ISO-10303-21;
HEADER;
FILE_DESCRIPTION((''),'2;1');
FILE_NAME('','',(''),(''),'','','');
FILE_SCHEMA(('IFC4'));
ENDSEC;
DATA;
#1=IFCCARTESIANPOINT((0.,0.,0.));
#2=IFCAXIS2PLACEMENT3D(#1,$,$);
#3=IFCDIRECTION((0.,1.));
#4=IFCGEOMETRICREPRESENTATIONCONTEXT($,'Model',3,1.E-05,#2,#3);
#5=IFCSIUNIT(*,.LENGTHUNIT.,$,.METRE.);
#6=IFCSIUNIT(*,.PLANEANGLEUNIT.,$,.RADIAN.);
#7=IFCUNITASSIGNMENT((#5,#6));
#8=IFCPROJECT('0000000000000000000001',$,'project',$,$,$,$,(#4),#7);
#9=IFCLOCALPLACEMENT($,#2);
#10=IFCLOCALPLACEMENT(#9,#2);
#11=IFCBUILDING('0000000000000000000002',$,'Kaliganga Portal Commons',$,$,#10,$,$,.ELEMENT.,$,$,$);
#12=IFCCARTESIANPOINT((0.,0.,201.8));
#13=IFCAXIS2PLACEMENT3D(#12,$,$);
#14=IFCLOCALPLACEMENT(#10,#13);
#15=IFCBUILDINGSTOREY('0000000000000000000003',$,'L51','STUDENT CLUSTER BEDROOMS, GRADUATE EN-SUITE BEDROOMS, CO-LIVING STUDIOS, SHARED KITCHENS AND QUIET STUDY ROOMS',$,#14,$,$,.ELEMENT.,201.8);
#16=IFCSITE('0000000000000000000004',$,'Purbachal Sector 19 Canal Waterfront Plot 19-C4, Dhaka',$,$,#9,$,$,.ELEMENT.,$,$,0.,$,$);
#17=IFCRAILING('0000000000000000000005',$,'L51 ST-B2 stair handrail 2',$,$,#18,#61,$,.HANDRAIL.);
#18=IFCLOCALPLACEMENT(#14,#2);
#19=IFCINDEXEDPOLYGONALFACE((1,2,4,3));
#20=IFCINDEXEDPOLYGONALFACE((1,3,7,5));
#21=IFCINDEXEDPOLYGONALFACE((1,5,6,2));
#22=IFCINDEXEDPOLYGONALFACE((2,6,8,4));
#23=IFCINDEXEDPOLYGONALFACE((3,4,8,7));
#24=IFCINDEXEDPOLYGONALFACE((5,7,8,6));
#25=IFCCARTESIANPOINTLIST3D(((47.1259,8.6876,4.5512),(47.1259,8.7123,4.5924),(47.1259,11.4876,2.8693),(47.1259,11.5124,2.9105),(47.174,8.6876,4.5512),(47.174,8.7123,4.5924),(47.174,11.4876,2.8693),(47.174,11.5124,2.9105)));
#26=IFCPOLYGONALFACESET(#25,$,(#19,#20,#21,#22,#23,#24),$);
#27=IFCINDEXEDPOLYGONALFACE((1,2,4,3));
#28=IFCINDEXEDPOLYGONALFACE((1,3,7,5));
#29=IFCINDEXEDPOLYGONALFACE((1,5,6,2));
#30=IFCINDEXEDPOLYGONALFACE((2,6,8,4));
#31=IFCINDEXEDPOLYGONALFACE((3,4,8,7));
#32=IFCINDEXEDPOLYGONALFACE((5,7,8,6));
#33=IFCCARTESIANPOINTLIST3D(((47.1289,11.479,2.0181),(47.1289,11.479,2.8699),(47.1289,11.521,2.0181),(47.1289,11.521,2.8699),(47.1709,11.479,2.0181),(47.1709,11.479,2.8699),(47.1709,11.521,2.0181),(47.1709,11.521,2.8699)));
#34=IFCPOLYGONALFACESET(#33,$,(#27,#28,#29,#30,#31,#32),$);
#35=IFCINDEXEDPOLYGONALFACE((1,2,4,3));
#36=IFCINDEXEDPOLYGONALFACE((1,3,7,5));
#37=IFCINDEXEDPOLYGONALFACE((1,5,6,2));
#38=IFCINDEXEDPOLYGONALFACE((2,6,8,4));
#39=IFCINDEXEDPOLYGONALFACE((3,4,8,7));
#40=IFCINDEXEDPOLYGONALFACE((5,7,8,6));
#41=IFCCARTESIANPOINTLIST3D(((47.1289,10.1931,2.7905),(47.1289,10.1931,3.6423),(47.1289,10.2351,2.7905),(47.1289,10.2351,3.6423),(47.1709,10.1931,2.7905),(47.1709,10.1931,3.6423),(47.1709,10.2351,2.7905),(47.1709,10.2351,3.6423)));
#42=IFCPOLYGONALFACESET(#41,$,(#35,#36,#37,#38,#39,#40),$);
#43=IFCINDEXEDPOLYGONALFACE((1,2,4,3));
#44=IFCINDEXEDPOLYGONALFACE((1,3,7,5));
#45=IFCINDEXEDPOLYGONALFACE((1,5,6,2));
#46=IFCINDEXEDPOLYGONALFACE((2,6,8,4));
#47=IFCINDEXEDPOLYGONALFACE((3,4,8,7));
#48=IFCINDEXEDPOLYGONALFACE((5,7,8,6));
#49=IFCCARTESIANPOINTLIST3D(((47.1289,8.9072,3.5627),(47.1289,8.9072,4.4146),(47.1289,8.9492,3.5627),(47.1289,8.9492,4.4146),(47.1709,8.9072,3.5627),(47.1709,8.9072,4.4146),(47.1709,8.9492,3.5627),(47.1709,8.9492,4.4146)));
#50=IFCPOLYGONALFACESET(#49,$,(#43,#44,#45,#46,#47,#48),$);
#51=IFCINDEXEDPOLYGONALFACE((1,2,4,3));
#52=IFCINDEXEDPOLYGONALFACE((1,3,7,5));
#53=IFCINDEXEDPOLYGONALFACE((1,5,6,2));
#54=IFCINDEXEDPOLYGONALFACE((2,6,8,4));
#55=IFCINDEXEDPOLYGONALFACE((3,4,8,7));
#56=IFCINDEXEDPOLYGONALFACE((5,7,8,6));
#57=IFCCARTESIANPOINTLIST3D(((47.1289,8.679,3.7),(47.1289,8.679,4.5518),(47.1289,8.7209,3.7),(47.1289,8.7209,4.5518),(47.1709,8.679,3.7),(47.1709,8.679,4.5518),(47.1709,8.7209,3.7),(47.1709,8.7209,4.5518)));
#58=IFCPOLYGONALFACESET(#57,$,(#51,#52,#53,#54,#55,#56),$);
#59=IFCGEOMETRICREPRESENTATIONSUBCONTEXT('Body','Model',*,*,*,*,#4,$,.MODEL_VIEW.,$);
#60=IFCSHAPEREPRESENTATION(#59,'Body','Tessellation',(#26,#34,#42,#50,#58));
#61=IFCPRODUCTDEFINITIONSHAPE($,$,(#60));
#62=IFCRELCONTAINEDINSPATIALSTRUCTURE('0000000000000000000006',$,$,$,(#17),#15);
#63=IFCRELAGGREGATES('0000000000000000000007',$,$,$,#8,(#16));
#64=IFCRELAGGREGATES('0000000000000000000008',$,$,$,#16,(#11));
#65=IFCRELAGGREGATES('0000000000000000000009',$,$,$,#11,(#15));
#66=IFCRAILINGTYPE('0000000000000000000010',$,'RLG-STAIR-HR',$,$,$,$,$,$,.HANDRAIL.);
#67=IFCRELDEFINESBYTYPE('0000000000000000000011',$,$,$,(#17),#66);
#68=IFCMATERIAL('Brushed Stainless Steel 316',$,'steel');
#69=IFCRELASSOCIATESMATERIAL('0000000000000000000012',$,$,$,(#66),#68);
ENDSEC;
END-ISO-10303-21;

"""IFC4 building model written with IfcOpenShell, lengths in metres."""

from ifc_helpers import new_model, si_unit, direction, frame, origin, origin_2d, place, context, subcontext, project, spatial, rectangle, extrude, material, type_object, element, save


model = new_model("IFC4")

# Units and contexts
model_context = context("Model", 3, precision=1e-05, world=origin(), true_north=direction((0.0, 1.0)))
body_context = subcontext(model_context, "Body", "Model", "MODEL_VIEW")
ifc_project = project(units=[si_unit("LENGTHUNIT", "METRE"), si_unit("PLANEANGLEUNIT", "RADIAN")], contexts=[model_context])

# Site, building, storey
site_placement = place(None, origin())
site = spatial("IfcSite", under=ifc_project, at=site_placement, Name="Purbachal Sector 19 Canal Waterfront Plot 19-C4, Dhaka", CompositionType="ELEMENT", RefElevation=0.0)
building_placement = place(site_placement, origin())
building = spatial("IfcBuilding", under=site, at=building_placement, Name="Kaliganga Portal Commons", CompositionType="ELEMENT")
storey_placement = place(building_placement, frame((0.0, 0.0, 201.8)))
storey = spatial("IfcBuildingStorey", under=building, at=storey_placement, Name="L51", Description="STUDENT CLUSTER BEDROOMS, GRADUATE EN-SUITE BEDROOMS, CO-LIVING STUDIOS, SHARED KITCHENS AND QUIET STUDY ROOMS", CompositionType="ELEMENT", Elevation=201.8)

# Railing
ifc_material_1 = material(Name="Brushed Stainless Steel 316", Category="steel")
railing_type_1 = type_object("IfcRailingType", Name="RLG-STAIR-HR", PredefinedType="HANDRAIL", material=ifc_material_1)
railing_1_placement = place(storey_placement, frame((47.1499, 11.5, 2.0181)))
element("IfcRailing", 1, at=railing_1_placement, inside=storey, type_object=railing_type_1, Name="L51 ST-B2 stair handrail 2", PredefinedType="HANDRAIL", context=body_context, shape_type="SweptSolid", body=[
    extrude(rectangle(XDim=0.0481, YDim=0.0481, at=origin_2d()), frame((0.0, 0.0, 0.8718), z_axis=(0.0, -0.857242, 0.514913), x_axis=(1.0, 0.0, 0.0)), (0.0, 0.0, 1.0), 3.2664),
    extrude(rectangle(XDim=0.042, YDim=0.042, at=origin_2d()), origin(), (0.0, 0.0, 1.0), 0.8518),
    extrude(rectangle(XDim=0.042, YDim=0.042, at=origin_2d()), frame((0.0, -1.2859, 0.7725)), (0.0, 0.0, 1.0), 0.8518),
    extrude(rectangle(XDim=0.042, YDim=0.042, at=origin_2d()), frame((0.0, -2.5718, 1.5447)), (0.0, 0.0, 1.0), 0.8518),
    extrude(rectangle(XDim=0.042, YDim=0.042, at=origin_2d()), frame((0.0, -2.8, 1.6819)), (0.0, 0.0, 1.0), 0.8518),
])

save(model, "model.ifc")
